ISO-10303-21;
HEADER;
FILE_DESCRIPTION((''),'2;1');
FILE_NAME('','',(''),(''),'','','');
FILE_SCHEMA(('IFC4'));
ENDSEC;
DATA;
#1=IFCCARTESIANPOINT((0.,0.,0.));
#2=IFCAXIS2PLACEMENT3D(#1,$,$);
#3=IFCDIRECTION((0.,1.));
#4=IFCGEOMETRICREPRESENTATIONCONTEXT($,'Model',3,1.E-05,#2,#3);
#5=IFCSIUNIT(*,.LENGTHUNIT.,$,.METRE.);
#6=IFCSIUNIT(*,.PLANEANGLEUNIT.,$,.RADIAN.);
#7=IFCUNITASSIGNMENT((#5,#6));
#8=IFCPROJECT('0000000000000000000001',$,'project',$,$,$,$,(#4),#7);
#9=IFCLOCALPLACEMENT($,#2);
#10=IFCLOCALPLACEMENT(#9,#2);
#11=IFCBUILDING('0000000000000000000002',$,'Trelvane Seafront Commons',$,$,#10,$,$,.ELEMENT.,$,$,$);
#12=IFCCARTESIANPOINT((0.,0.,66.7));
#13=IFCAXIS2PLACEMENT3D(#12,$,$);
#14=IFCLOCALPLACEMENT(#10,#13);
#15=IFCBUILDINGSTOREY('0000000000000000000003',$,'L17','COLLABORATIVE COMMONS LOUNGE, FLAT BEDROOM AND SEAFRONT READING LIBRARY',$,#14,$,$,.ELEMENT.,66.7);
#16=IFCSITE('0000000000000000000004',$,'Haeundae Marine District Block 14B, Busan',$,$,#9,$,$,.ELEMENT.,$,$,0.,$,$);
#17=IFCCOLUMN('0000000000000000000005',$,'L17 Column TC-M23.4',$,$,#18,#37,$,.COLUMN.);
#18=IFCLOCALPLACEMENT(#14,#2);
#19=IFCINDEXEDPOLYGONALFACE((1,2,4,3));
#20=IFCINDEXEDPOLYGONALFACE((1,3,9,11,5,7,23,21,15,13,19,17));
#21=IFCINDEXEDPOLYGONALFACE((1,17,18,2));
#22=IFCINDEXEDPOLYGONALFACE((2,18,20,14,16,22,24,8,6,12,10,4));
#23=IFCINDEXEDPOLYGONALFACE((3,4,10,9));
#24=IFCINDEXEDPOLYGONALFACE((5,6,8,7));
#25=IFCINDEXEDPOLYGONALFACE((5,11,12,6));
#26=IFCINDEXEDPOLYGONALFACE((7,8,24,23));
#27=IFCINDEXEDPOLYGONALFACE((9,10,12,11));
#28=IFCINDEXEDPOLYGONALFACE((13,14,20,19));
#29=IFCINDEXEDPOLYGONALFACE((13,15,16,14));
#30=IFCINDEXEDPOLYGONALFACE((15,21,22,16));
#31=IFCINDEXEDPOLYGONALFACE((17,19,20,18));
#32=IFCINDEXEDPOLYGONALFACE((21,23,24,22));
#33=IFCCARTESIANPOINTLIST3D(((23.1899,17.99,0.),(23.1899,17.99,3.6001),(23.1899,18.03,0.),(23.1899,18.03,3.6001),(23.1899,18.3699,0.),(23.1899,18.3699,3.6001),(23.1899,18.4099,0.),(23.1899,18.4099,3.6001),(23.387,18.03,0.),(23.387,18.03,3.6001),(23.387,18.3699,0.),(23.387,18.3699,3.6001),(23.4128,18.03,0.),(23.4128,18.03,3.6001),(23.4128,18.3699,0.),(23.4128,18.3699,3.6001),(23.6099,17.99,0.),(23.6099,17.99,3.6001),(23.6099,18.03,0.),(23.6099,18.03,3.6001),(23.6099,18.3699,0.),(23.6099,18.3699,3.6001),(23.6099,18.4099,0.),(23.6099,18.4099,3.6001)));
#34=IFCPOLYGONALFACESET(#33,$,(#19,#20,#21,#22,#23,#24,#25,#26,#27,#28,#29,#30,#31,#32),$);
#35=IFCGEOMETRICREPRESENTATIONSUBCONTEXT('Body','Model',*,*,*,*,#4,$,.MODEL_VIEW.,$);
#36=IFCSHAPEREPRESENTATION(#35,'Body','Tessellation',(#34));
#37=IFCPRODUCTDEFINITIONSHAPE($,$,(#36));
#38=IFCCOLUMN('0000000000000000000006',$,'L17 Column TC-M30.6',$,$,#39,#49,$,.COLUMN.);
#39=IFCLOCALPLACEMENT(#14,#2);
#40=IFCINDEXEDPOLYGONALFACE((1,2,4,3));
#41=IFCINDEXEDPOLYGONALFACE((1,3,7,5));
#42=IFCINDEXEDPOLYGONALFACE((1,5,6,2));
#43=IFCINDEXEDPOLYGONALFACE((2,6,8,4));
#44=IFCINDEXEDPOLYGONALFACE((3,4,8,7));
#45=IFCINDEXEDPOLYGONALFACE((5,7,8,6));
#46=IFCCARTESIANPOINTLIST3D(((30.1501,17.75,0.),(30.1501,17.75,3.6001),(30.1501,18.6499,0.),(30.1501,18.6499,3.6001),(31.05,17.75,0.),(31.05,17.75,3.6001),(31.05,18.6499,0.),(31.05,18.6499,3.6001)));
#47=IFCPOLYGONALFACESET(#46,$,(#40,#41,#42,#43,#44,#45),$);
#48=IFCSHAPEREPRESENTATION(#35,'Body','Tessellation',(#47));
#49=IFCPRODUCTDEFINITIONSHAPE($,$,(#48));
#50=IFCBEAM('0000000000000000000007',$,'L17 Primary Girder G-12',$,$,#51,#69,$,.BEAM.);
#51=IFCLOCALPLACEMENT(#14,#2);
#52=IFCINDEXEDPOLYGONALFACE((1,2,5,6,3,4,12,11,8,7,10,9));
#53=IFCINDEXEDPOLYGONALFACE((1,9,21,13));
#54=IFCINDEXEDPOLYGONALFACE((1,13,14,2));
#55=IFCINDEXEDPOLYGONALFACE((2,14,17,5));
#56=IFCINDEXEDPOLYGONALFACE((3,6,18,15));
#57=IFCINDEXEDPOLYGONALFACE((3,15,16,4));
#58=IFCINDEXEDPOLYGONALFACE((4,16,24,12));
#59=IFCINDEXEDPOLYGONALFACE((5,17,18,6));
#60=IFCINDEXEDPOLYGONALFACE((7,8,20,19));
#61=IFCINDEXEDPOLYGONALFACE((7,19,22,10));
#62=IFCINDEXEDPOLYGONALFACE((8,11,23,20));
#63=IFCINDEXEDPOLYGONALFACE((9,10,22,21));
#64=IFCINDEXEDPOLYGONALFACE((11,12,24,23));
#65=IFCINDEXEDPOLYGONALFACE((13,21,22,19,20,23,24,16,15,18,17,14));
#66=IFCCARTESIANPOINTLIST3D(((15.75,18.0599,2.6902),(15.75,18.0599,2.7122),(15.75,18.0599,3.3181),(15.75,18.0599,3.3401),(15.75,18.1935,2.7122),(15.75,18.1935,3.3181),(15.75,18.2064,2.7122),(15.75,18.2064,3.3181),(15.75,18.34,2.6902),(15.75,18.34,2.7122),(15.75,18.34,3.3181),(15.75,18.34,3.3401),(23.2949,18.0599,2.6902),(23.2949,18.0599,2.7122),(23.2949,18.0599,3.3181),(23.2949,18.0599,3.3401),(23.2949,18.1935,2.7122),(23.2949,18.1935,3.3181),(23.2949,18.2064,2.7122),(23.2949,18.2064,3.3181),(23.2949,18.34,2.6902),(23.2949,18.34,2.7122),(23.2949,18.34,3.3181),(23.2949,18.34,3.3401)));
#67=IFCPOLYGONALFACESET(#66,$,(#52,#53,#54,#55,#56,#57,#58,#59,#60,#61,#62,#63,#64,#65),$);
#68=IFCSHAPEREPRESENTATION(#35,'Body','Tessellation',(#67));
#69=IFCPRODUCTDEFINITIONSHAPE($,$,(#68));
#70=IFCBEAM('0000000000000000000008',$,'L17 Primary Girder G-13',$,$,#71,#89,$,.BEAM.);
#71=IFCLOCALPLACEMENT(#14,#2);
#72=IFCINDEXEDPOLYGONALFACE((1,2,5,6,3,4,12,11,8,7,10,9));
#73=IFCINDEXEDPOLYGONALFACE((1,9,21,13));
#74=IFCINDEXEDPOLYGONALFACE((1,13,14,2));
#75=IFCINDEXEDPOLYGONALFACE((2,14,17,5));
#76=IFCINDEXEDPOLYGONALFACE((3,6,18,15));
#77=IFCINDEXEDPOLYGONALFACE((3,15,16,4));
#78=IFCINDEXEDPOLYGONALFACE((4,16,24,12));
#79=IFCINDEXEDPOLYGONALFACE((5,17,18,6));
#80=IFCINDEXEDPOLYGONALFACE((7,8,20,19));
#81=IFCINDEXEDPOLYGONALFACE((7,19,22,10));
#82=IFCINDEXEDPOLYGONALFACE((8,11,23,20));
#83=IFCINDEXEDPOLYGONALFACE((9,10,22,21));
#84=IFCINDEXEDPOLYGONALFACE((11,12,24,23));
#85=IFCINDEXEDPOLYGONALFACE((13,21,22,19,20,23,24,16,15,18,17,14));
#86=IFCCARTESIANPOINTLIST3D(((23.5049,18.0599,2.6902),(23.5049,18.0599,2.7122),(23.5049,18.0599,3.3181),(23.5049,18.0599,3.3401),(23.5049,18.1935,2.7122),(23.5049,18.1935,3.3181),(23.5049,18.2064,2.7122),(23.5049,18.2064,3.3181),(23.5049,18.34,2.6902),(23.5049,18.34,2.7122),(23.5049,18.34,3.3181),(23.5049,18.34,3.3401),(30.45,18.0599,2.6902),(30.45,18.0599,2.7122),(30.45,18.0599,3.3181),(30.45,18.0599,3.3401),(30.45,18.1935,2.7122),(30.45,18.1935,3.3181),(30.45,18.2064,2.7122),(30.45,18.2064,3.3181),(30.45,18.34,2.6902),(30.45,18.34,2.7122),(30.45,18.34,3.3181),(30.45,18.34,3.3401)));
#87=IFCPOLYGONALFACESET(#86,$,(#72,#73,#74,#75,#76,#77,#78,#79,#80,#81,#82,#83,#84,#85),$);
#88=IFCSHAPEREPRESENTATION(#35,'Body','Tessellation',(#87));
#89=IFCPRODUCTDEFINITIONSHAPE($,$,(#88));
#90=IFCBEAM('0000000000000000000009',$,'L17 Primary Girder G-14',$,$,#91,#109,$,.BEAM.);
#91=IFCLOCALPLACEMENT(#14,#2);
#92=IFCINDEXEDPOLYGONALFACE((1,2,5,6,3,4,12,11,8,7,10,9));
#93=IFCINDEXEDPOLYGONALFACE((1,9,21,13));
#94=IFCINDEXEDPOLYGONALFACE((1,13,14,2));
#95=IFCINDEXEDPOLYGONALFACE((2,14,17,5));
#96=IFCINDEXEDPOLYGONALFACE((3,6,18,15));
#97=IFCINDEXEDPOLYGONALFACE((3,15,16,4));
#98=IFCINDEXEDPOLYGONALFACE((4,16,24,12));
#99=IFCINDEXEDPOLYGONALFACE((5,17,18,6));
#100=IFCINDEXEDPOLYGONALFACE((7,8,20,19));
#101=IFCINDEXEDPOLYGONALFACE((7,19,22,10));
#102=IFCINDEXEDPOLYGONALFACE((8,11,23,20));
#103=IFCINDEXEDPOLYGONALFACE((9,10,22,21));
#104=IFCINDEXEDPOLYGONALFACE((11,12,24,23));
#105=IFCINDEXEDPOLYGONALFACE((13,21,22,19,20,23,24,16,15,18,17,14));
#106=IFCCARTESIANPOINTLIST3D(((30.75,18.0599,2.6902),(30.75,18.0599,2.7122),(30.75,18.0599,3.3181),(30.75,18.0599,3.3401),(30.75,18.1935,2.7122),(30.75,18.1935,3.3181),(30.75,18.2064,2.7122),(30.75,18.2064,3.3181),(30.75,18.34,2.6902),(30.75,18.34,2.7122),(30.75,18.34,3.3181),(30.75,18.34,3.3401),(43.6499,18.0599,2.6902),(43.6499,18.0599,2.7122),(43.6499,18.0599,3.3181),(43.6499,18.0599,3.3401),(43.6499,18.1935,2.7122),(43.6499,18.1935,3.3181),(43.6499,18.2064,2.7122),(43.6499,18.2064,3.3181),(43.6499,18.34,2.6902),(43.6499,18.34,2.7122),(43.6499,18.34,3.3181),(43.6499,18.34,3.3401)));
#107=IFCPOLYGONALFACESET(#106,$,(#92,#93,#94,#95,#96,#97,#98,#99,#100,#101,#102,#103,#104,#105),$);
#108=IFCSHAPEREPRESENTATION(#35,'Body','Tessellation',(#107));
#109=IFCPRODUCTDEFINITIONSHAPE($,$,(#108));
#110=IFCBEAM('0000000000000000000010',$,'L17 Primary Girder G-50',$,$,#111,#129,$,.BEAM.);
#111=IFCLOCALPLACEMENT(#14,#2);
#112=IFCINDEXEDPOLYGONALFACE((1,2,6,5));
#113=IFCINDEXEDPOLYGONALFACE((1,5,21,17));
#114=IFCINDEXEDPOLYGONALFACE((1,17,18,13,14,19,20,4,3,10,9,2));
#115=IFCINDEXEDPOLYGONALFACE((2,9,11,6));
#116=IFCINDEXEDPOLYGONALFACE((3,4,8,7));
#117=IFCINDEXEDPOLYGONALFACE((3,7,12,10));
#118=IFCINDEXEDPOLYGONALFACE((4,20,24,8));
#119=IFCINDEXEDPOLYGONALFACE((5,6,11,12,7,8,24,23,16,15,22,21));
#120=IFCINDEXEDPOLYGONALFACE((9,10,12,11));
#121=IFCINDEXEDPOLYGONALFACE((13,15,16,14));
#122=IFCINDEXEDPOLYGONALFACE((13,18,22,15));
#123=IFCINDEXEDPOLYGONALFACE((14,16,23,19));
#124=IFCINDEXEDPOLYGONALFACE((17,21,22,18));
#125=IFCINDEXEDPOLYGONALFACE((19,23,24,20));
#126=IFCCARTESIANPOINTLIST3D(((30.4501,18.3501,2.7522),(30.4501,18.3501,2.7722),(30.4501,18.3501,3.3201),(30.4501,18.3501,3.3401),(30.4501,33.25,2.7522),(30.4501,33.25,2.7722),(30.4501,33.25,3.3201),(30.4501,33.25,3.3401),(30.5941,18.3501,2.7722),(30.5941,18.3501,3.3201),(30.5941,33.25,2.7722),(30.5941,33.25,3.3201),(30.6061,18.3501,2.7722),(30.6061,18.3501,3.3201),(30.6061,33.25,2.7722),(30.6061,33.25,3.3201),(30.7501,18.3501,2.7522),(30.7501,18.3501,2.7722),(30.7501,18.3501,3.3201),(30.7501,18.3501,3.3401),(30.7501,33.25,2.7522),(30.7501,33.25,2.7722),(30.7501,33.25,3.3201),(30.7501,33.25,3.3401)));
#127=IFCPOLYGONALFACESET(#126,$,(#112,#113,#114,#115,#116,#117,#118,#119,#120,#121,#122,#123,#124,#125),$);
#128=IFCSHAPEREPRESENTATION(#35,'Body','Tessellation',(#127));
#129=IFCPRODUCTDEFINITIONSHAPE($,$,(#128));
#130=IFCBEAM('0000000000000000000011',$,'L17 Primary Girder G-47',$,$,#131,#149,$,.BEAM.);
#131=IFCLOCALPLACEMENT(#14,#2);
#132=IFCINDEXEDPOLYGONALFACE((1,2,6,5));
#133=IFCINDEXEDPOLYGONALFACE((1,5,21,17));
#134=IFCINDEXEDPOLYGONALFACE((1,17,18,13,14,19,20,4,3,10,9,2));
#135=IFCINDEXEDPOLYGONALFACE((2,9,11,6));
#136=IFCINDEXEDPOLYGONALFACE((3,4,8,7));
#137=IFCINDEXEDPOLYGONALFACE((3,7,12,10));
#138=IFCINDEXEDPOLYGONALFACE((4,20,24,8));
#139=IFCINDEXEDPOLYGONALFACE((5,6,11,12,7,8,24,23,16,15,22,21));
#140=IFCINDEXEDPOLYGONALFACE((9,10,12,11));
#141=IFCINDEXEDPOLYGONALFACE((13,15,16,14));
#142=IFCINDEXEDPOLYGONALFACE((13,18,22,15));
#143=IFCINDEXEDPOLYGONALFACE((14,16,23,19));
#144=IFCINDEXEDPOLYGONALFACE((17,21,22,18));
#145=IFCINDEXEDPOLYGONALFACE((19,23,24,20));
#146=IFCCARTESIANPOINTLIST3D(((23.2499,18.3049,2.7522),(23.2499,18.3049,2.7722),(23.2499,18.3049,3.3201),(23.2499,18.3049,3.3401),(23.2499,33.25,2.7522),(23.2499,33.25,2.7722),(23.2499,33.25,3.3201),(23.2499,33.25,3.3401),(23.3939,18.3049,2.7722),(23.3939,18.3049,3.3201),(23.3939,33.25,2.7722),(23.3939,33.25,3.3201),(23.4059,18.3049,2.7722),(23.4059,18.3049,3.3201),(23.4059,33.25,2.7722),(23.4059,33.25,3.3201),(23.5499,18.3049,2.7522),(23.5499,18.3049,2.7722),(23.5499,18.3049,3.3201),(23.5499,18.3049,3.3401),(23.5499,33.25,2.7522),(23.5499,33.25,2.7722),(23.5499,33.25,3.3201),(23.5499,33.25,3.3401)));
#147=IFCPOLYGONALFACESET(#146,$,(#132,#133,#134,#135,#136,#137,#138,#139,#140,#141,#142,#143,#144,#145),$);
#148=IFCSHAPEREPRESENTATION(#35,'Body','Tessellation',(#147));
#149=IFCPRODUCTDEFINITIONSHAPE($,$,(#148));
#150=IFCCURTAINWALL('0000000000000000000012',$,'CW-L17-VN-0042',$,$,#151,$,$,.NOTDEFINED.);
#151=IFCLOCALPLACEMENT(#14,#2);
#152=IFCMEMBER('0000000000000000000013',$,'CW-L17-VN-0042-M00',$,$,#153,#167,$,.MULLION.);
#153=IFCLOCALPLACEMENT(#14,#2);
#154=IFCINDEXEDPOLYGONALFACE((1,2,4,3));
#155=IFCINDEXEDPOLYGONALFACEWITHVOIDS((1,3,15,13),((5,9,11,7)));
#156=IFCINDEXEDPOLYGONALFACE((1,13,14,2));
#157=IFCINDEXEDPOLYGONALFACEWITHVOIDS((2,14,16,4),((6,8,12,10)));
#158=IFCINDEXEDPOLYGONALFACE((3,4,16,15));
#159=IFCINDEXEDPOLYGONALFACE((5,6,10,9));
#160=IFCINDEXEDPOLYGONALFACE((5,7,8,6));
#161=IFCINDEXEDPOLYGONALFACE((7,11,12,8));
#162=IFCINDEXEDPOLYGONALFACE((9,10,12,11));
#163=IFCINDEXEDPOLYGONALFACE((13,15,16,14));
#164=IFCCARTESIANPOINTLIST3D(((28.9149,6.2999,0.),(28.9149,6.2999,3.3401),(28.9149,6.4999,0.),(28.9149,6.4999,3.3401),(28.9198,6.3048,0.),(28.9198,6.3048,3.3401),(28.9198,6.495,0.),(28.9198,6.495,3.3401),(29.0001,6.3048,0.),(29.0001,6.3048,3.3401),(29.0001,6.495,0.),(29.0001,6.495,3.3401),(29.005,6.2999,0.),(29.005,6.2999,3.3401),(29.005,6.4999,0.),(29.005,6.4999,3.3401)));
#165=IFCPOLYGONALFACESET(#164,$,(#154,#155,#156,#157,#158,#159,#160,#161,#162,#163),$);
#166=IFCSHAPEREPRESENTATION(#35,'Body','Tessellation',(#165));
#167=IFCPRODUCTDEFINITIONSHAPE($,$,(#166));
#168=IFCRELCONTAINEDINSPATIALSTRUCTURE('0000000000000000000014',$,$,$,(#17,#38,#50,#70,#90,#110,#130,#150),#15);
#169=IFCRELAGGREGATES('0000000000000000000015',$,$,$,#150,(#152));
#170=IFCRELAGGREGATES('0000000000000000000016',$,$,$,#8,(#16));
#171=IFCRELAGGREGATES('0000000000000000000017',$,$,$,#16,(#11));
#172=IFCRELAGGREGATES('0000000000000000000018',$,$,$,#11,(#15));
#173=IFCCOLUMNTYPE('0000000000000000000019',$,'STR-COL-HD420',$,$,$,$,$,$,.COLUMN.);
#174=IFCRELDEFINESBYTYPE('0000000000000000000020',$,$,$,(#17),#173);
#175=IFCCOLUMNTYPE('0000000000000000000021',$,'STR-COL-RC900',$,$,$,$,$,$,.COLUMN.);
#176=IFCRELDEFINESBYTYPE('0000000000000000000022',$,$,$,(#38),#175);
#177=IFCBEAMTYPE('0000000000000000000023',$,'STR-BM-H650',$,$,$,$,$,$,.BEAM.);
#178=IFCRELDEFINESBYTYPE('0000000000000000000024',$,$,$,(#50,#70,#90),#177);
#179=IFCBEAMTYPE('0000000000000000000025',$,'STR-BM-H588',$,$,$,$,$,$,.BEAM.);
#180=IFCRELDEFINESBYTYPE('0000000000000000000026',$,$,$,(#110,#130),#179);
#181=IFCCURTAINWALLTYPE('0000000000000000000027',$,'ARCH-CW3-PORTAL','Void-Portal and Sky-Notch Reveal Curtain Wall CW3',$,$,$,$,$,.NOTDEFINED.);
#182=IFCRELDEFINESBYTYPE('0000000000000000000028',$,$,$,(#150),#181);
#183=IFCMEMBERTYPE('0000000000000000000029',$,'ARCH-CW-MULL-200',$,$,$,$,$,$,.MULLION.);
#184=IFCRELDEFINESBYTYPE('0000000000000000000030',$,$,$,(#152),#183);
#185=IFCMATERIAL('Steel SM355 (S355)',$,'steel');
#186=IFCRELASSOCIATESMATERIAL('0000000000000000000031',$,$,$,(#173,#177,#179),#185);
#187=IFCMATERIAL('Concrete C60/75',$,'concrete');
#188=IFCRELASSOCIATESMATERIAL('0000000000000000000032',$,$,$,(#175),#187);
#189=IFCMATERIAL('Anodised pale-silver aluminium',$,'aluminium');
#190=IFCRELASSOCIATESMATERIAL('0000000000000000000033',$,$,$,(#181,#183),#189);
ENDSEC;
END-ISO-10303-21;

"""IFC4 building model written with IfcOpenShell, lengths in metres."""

from ifc_helpers import new_model, si_unit, direction, frame, origin, origin_2d, place, context, subcontext, project, spatial, rectangle, hollow_rectangle, i_section, extrude, source, transform, mapped, material, material_profile, profile_set, type_object, element, aggregate, save


model = new_model("IFC4")

# Units and contexts
model_context = context("Model", 3, precision=1e-05, world=origin(), true_north=direction((0.0, 1.0)))
body_context = subcontext(model_context, "Body", "Model", "MODEL_VIEW")
ifc_project = project(units=[si_unit("LENGTHUNIT", "METRE"), si_unit("PLANEANGLEUNIT", "RADIAN")], contexts=[model_context])

# Site, building, storey
site_placement = place(None, origin())
site = spatial("IfcSite", under=ifc_project, at=site_placement, Name="Haeundae Marine District Block 14B, Busan", CompositionType="ELEMENT", RefElevation=0.0)
building_placement = place(site_placement, origin())
building = spatial("IfcBuilding", under=site, at=building_placement, Name="Trelvane Seafront Commons", CompositionType="ELEMENT")
storey_placement = place(building_placement, frame((0.0, 0.0, 66.7)))
storey = spatial("IfcBuildingStorey", under=building, at=storey_placement, Name="L17", Description="COLLABORATIVE COMMONS LOUNGE, FLAT BEDROOM AND SEAFRONT READING LIBRARY", CompositionType="ELEMENT", Elevation=66.7)

# Columns
ifc_material_1 = material(Name="Steel SM355 (S355)", Category="steel")
ifc_material_profile_1 = material_profile(ifc_material_1, i_section(OverallWidth=0.4199, OverallDepth=0.4199, WebThickness=0.0259, FlangeThickness=0.04, at=origin_2d()), Name="HD-420x420x26x40")
ifc_profile_set_1 = profile_set([ifc_material_profile_1], Name="Steel SM355 (S355)")
column_type_1 = type_object("IfcColumnType", Name="STR-COL-HD420", PredefinedType="COLUMN", material=ifc_profile_set_1)
shared_shape_1 = source(origin(), body_context, "Body", "SweptSolid", [
    extrude(i_section(OverallWidth=0.4199, OverallDepth=0.4199, WebThickness=0.0259, FlangeThickness=0.04, at=origin_2d()), origin(), (0.0, 0.0, 1.0), 3.6001),
])
column_1_placement = place(storey_placement, frame((23.3999, 18.2, 0.0), z_axis=(0.0, 0.0, 1.0), x_axis=(1.0, 0.0, 0.0)))
element("IfcColumn", 1, at=column_1_placement, inside=storey, type_object=column_type_1, Name="L17 Column TC-M23.4", PredefinedType="COLUMN", context=body_context, shape_type="MappedRepresentation", body=[
    mapped(shared_shape_1, transform((0.0, 0.0, 0.0), x_axis=(1.0, 0.0, 0.0), y_axis=(0.0, 1.0, 0.0), z_axis=(0.0, 0.0, 1.0), scale=1.0)),
])
ifc_material_2 = material(Name="Concrete C60/75", Category="concrete")
ifc_material_profile_2 = material_profile(ifc_material_2, rectangle(XDim=0.8999, YDim=0.8999, at=origin_2d()), Name="RC-900x900")
ifc_profile_set_2 = profile_set([ifc_material_profile_2], Name="Concrete C60/75")
column_type_2 = type_object("IfcColumnType", Name="STR-COL-RC900", PredefinedType="COLUMN", material=ifc_profile_set_2)
shared_shape_2 = source(origin(), body_context, "Body", "SweptSolid", [
    extrude(rectangle(XDim=0.8999, YDim=0.8999, at=origin_2d()), origin(), (0.0, 0.0, 1.0), 3.6001),
])
column_2_placement = place(storey_placement, frame((30.6001, 18.2, 0.0), z_axis=(0.0, 0.0, 1.0), x_axis=(1.0, 0.0, 0.0)))
element("IfcColumn", 2, at=column_2_placement, inside=storey, type_object=column_type_2, Name="L17 Column TC-M30.6", PredefinedType="COLUMN", context=body_context, shape_type="MappedRepresentation", body=[
    mapped(shared_shape_2, transform((0.0, 0.0, 0.0), x_axis=(1.0, 0.0, 0.0), y_axis=(0.0, 1.0, 0.0), z_axis=(0.0, 0.0, 1.0), scale=1.0)),
])

# Beams
ifc_material_profile_3 = material_profile(ifc_material_1, i_section(OverallWidth=0.28, OverallDepth=0.6499, WebThickness=0.0129, FlangeThickness=0.022, at=origin_2d()), Name="H-650x280x13x22")
ifc_profile_set_3 = profile_set([ifc_material_profile_3], Name="Steel SM355 (S355)")
beam_type_1 = type_object("IfcBeamType", Name="STR-BM-H650", PredefinedType="BEAM", material=ifc_profile_set_3)
shared_shape_3 = source(origin(), body_context, "Body", "SweptSolid", [
    extrude(i_section(OverallWidth=0.28, OverallDepth=0.6499, WebThickness=0.0129, FlangeThickness=0.022, at=origin_2d()), origin(), (0.0, 0.0, 1.0), 7.5449),
])
beam_1_placement = place(storey_placement, frame((15.75, 18.2, 3.0151), z_axis=(1.0, 0.0, 0.0), x_axis=(0.0, 1.0, 0.0)))
element("IfcBeam", 3, at=beam_1_placement, inside=storey, type_object=beam_type_1, Name="L17 Primary Girder G-12", PredefinedType="BEAM", context=body_context, shape_type="MappedRepresentation", body=[
    mapped(shared_shape_3, transform((0.0, 0.0, 0.0), x_axis=(1.0, 0.0, 0.0), y_axis=(0.0, 1.0, 0.0), z_axis=(0.0, 0.0, 1.0), scale=1.0)),
])
shared_shape_4 = source(origin(), body_context, "Body", "SweptSolid", [
    extrude(i_section(OverallWidth=0.28, OverallDepth=0.6499, WebThickness=0.0129, FlangeThickness=0.022, at=origin_2d()), origin(), (0.0, 0.0, 1.0), 6.9451),
])
beam_2_placement = place(storey_placement, frame((23.5049, 18.2, 3.0151), z_axis=(1.0, 0.0, 0.0), x_axis=(0.0, 1.0, 0.0)))
element("IfcBeam", 4, at=beam_2_placement, inside=storey, type_object=beam_type_1, Name="L17 Primary Girder G-13", PredefinedType="BEAM", context=body_context, shape_type="MappedRepresentation", body=[
    mapped(shared_shape_4, transform((0.0, 0.0, 0.0), x_axis=(1.0, 0.0, 0.0), y_axis=(0.0, 1.0, 0.0), z_axis=(0.0, 0.0, 1.0), scale=1.0)),
])
shared_shape_5 = source(origin(), body_context, "Body", "SweptSolid", [
    extrude(i_section(OverallWidth=0.28, OverallDepth=0.6499, WebThickness=0.0129, FlangeThickness=0.022, at=origin_2d()), origin(), (0.0, 0.0, 1.0), 12.8999),
])
beam_3_placement = place(storey_placement, frame((30.75, 18.2, 3.0151), z_axis=(1.0, 0.0, 0.0), x_axis=(0.0, 1.0, 0.0)))
element("IfcBeam", 5, at=beam_3_placement, inside=storey, type_object=beam_type_1, Name="L17 Primary Girder G-14", PredefinedType="BEAM", context=body_context, shape_type="MappedRepresentation", body=[
    mapped(shared_shape_5, transform((0.0, 0.0, 0.0), x_axis=(1.0, 0.0, 0.0), y_axis=(0.0, 1.0, 0.0), z_axis=(0.0, 0.0, 1.0), scale=1.0)),
])
ifc_material_profile_4 = material_profile(ifc_material_1, i_section(OverallWidth=0.3, OverallDepth=0.5879, WebThickness=0.012, FlangeThickness=0.02, at=origin_2d()), Name="H-588x300x12x20")
ifc_profile_set_4 = profile_set([ifc_material_profile_4], Name="Steel SM355 (S355)")
beam_type_2 = type_object("IfcBeamType", Name="STR-BM-H588", PredefinedType="BEAM", material=ifc_profile_set_4)
shared_shape_6 = source(origin(), body_context, "Body", "SweptSolid", [
    extrude(i_section(OverallWidth=0.3, OverallDepth=0.5879, WebThickness=0.012, FlangeThickness=0.02, at=origin_2d()), origin(), (0.0, 0.0, 1.0), 14.8999),
])
beam_4_placement = place(storey_placement, frame((30.6001, 18.3501, 3.0461), z_axis=(0.0, 1.0, 0.0), x_axis=(-1.0, 0.0, 0.0)))
element("IfcBeam", 6, at=beam_4_placement, inside=storey, type_object=beam_type_2, Name="L17 Primary Girder G-50", PredefinedType="BEAM", context=body_context, shape_type="MappedRepresentation", body=[
    mapped(shared_shape_6, transform((0.0, 0.0, 0.0), x_axis=(1.0, 0.0, 0.0), y_axis=(0.0, 1.0, 0.0), z_axis=(0.0, 0.0, 1.0), scale=1.0)),
])
shared_shape_7 = source(origin(), body_context, "Body", "SweptSolid", [
    extrude(i_section(OverallWidth=0.3, OverallDepth=0.5879, WebThickness=0.012, FlangeThickness=0.02, at=origin_2d()), origin(), (0.0, 0.0, 1.0), 14.9451),
])
beam_5_placement = place(storey_placement, frame((23.3999, 18.3049, 3.0461), z_axis=(0.0, 1.0, 0.0), x_axis=(-1.0, 0.0, 0.0)))
element("IfcBeam", 7, at=beam_5_placement, inside=storey, type_object=beam_type_2, Name="L17 Primary Girder G-47", PredefinedType="BEAM", context=body_context, shape_type="MappedRepresentation", body=[
    mapped(shared_shape_7, transform((0.0, 0.0, 0.0), x_axis=(1.0, 0.0, 0.0), y_axis=(0.0, 1.0, 0.0), z_axis=(0.0, 0.0, 1.0), scale=1.0)),
])

# Curtain wall, member
ifc_material_3 = material(Name="Anodised pale-silver aluminium", Category="aluminium")
curtain_wall_type = type_object("IfcCurtainWallType", Name="ARCH-CW3-PORTAL", Description="Void-Portal and Sky-Notch Reveal Curtain Wall CW3", PredefinedType="NOTDEFINED", material=ifc_material_3)
curtain_wall_placement = place(storey_placement, origin())
curtain_wall = element("IfcCurtainWall", 8, at=curtain_wall_placement, inside=storey, type_object=curtain_wall_type, Name="CW-L17-VN-0042", PredefinedType="NOTDEFINED")
ifc_material_profile_5 = material_profile(ifc_material_3, hollow_rectangle(XDim=0.0901, YDim=0.2, WallThickness=0.0049, at=origin_2d()), Name="MULL-90x200x5")
ifc_profile_set_5 = profile_set([ifc_material_profile_5], Name="Anodised pale-silver aluminium")
member_type_1 = type_object("IfcMemberType", Name="ARCH-CW-MULL-200", PredefinedType="MULLION", material=ifc_profile_set_5)
shared_shape_8 = source(origin(), body_context, "Body", "SweptSolid", [
    extrude(hollow_rectangle(XDim=0.0901, YDim=0.2, WallThickness=0.0049, at=origin_2d()), origin(), (0.0, 0.0, 1.0), 3.3401),
])
member_1_placement = place(storey_placement, frame((28.96, 6.3999, 0.0), z_axis=(0.0, 0.0, 1.0), x_axis=(1.0, 0.0, 0.0)))
member_1 = element("IfcMember", 9, at=member_1_placement, type_object=member_type_1, Name="CW-L17-VN-0042-M00", PredefinedType="MULLION", context=body_context, shape_type="MappedRepresentation", body=[
    mapped(shared_shape_8, transform((0.0, 0.0, 0.0), x_axis=(1.0, 0.0, 0.0), y_axis=(0.0, 1.0, 0.0), z_axis=(0.0, 0.0, 1.0), scale=1.0)),
])
aggregate(curtain_wall, [member_1])

save(model, "model.ifc")
